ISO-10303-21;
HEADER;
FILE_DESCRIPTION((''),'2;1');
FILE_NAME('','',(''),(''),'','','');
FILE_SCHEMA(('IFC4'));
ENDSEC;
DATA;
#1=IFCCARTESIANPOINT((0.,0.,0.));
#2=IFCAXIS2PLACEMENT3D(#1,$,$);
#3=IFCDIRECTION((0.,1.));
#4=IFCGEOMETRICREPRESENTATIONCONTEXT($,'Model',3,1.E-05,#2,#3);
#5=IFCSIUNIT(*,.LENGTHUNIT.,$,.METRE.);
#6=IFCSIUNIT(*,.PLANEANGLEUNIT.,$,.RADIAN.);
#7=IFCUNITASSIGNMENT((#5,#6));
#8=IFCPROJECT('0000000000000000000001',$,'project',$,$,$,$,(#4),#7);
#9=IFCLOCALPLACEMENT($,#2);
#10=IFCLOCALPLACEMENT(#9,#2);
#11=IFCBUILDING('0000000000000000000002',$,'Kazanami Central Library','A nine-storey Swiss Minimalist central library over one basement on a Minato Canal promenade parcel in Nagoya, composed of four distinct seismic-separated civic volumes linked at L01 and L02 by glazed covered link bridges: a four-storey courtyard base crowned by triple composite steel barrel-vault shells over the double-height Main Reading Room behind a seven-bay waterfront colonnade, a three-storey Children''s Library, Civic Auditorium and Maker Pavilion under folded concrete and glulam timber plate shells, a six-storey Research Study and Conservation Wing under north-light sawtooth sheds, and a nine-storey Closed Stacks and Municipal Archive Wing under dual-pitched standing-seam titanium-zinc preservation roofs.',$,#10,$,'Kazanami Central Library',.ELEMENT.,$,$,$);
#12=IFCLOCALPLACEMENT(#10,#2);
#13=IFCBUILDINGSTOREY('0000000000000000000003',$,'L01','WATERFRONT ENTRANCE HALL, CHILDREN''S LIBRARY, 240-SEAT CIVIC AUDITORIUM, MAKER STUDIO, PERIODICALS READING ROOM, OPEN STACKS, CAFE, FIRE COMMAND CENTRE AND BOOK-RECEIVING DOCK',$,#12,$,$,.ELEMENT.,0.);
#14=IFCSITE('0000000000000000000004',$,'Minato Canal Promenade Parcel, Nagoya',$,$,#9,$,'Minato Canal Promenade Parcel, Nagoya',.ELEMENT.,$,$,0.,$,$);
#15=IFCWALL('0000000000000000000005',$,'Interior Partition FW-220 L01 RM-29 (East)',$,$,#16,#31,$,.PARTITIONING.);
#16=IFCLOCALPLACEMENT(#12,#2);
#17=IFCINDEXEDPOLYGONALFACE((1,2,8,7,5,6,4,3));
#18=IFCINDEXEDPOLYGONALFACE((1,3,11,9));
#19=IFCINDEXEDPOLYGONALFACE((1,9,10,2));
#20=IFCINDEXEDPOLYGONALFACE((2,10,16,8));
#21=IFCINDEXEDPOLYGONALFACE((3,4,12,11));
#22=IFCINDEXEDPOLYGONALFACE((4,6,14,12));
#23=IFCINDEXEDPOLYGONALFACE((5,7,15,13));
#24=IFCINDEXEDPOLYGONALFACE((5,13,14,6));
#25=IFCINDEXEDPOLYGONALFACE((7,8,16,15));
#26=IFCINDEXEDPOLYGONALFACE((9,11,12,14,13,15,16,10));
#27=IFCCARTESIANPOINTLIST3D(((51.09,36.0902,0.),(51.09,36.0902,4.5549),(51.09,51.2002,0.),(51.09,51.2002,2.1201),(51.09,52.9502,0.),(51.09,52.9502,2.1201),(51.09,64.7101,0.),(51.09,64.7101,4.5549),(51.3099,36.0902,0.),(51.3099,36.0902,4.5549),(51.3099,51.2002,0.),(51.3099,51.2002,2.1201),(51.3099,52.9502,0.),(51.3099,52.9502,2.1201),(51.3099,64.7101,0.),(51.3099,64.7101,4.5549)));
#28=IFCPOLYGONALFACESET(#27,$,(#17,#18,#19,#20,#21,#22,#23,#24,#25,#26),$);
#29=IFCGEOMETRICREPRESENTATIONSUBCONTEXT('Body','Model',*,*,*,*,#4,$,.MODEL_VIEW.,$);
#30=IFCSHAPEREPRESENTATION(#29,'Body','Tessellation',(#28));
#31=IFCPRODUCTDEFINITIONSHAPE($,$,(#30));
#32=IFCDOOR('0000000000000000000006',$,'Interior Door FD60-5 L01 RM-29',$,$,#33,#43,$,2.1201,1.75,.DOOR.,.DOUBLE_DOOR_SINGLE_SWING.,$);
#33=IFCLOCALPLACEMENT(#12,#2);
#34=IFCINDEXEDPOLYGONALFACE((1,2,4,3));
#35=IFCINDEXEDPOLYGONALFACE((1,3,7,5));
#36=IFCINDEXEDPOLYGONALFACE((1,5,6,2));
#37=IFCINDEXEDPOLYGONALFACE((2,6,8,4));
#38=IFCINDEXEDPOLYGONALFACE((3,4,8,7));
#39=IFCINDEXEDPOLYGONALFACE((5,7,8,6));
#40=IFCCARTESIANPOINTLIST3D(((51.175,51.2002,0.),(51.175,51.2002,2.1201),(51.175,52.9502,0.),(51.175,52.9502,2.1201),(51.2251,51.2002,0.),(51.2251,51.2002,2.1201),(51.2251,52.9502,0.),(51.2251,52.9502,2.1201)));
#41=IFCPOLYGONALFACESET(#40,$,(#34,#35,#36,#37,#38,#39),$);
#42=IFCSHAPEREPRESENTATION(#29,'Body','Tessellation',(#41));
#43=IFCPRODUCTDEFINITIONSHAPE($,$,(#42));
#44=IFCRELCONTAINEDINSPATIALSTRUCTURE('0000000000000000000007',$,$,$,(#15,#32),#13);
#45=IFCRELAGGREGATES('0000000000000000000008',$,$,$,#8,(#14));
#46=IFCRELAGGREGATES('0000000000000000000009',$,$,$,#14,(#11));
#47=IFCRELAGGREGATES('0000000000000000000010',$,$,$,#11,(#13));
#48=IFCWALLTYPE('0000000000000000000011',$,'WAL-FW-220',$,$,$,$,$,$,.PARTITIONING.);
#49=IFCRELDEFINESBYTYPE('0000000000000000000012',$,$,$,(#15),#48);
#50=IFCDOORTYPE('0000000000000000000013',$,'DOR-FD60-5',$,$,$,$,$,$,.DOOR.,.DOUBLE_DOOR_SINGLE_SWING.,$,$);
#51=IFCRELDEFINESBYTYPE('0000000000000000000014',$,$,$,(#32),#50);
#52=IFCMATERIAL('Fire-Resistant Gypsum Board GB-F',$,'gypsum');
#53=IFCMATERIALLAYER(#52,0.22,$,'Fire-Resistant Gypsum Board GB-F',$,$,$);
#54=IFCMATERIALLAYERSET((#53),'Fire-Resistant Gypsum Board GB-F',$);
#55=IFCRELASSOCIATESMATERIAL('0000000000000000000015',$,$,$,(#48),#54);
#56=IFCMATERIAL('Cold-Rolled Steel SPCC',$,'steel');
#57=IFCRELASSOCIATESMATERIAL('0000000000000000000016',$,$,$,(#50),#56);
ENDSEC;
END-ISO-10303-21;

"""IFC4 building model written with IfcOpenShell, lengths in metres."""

from ifc_helpers import new_model, si_unit, direction, frame, frame_2d, origin, place, context, subcontext, project, spatial, rectangle, extrude, material, layer, layer_set, type_object, element, fill, save


model = new_model("IFC4")

# Units and contexts
model_context = context("Model", 3, precision=1e-05, world=origin(), true_north=direction((0.0, 1.0)))
body_context = subcontext(model_context, "Body", "Model", "MODEL_VIEW")
ifc_project = project(units=[si_unit("LENGTHUNIT", "METRE"), si_unit("PLANEANGLEUNIT", "RADIAN")], contexts=[model_context])

# Site, building, storey
site_placement = place(None, origin())
site = spatial("IfcSite", under=ifc_project, at=site_placement, Name="Minato Canal Promenade Parcel, Nagoya", LongName="Minato Canal Promenade Parcel, Nagoya", CompositionType="ELEMENT", RefElevation=0.0)
building_placement = place(site_placement, origin())
building = spatial("IfcBuilding", under=site, at=building_placement, Name="Kazanami Central Library", Description="A nine-storey Swiss Minimalist central library over one basement on a Minato Canal promenade parcel in Nagoya, composed of four distinct seismic-separated civic volumes linked at L01 and L02 by glazed covered link bridges: a four-storey courtyard base crowned by triple composite steel barrel-vault shells over the double-height Main Reading Room behind a seven-bay waterfront colonnade, a three-storey Children's Library, Civic Auditorium and Maker Pavilion under folded concrete and glulam timber plate shells, a six-storey Research Study and Conservation Wing under north-light sawtooth sheds, and a nine-storey Closed Stacks and Municipal Archive Wing under dual-pitched standing-seam titanium-zinc preservation roofs.", LongName="Kazanami Central Library", CompositionType="ELEMENT")
storey_placement = place(building_placement, origin())
storey = spatial("IfcBuildingStorey", under=building, at=storey_placement, Name="L01", Description="WATERFRONT ENTRANCE HALL, CHILDREN'S LIBRARY, 240-SEAT CIVIC AUDITORIUM, MAKER STUDIO, PERIODICALS READING ROOM, OPEN STACKS, CAFE, FIRE COMMAND CENTRE AND BOOK-RECEIVING DOCK", CompositionType="ELEMENT", Elevation=0.0)

# Shared definitions
ifc_material_1 = material(Name="Fire-Resistant Gypsum Board GB-F", Category="gypsum")
ifc_material_2 = material(Name="Cold-Rolled Steel SPCC", Category="steel")

# Shared definitions
ifc_layer_1 = layer(ifc_material_1, 0.22, Name="Fire-Resistant Gypsum Board GB-F")
ifc_layer_set_1 = layer_set([ifc_layer_1], Name="Fire-Resistant Gypsum Board GB-F")
wall_type_1 = type_object("IfcWallType", Name="WAL-FW-220", PredefinedType="PARTITIONING", material=ifc_layer_set_1)

# Wall, opening, door
wall_1_placement = place(storey_placement, frame((51.2, 36.0901, 0.0), z_axis=(0.0, 0.0, 1.0), x_axis=(0.0, 1.0, 0.0)))
wall_1 = element("IfcWall", 1, at=wall_1_placement, inside=storey, type_object=wall_type_1, Name="Interior Partition FW-220 L01 RM-29 (East)", PredefinedType="PARTITIONING", context=body_context, shape_type="SweptSolid", body=[
    extrude(rectangle(XDim=28.6199, YDim=0.22, at=frame_2d((14.3101, 0.0))), origin(), (0.0, 0.0, 1.0), 4.5549),
])
opening_1_placement = place(wall_1_placement, frame((15.1101, 0.0, 0.0)))
opening_1 = element("IfcOpeningElement", 2, at=opening_1_placement, cuts=wall_1, PredefinedType="OPENING", context=body_context, shape_type="SweptSolid", body=[
    extrude(rectangle(XDim=1.75, YDim=2.1201, at=frame_2d((0.875, 1.0601))), frame((0.0, 0.1221, 0.0), z_axis=(0.0, -1.0, 0.0), x_axis=(1.0, 0.0, 0.0)), (0.0, 0.0, 1.0), 0.2439),
])
door_type_1 = type_object("IfcDoorType", Name="DOR-FD60-5", OperationType="DOUBLE_DOOR_SINGLE_SWING", PredefinedType="DOOR", material=ifc_material_2)
door_1_placement = place(opening_1_placement, origin())
door_1 = element("IfcDoor", 3, at=door_1_placement, inside=storey, type_object=door_type_1, Name="Interior Door FD60-5 L01 RM-29", OperationType="DOUBLE_DOOR_SINGLE_SWING", OverallHeight=2.1201, OverallWidth=1.75, PredefinedType="DOOR", context=body_context, shape_type="SweptSolid", body=[
    extrude(rectangle(XDim=1.75, YDim=2.1201, at=frame_2d((0.875, 1.0601))), frame((0.0, 0.0249, 0.0), z_axis=(0.0, -1.0, 0.0), x_axis=(1.0, 0.0, 0.0)), (0.0, 0.0, 1.0), 0.05),
])
fill(opening_1, door_1)

save(model, "model.ifc")
